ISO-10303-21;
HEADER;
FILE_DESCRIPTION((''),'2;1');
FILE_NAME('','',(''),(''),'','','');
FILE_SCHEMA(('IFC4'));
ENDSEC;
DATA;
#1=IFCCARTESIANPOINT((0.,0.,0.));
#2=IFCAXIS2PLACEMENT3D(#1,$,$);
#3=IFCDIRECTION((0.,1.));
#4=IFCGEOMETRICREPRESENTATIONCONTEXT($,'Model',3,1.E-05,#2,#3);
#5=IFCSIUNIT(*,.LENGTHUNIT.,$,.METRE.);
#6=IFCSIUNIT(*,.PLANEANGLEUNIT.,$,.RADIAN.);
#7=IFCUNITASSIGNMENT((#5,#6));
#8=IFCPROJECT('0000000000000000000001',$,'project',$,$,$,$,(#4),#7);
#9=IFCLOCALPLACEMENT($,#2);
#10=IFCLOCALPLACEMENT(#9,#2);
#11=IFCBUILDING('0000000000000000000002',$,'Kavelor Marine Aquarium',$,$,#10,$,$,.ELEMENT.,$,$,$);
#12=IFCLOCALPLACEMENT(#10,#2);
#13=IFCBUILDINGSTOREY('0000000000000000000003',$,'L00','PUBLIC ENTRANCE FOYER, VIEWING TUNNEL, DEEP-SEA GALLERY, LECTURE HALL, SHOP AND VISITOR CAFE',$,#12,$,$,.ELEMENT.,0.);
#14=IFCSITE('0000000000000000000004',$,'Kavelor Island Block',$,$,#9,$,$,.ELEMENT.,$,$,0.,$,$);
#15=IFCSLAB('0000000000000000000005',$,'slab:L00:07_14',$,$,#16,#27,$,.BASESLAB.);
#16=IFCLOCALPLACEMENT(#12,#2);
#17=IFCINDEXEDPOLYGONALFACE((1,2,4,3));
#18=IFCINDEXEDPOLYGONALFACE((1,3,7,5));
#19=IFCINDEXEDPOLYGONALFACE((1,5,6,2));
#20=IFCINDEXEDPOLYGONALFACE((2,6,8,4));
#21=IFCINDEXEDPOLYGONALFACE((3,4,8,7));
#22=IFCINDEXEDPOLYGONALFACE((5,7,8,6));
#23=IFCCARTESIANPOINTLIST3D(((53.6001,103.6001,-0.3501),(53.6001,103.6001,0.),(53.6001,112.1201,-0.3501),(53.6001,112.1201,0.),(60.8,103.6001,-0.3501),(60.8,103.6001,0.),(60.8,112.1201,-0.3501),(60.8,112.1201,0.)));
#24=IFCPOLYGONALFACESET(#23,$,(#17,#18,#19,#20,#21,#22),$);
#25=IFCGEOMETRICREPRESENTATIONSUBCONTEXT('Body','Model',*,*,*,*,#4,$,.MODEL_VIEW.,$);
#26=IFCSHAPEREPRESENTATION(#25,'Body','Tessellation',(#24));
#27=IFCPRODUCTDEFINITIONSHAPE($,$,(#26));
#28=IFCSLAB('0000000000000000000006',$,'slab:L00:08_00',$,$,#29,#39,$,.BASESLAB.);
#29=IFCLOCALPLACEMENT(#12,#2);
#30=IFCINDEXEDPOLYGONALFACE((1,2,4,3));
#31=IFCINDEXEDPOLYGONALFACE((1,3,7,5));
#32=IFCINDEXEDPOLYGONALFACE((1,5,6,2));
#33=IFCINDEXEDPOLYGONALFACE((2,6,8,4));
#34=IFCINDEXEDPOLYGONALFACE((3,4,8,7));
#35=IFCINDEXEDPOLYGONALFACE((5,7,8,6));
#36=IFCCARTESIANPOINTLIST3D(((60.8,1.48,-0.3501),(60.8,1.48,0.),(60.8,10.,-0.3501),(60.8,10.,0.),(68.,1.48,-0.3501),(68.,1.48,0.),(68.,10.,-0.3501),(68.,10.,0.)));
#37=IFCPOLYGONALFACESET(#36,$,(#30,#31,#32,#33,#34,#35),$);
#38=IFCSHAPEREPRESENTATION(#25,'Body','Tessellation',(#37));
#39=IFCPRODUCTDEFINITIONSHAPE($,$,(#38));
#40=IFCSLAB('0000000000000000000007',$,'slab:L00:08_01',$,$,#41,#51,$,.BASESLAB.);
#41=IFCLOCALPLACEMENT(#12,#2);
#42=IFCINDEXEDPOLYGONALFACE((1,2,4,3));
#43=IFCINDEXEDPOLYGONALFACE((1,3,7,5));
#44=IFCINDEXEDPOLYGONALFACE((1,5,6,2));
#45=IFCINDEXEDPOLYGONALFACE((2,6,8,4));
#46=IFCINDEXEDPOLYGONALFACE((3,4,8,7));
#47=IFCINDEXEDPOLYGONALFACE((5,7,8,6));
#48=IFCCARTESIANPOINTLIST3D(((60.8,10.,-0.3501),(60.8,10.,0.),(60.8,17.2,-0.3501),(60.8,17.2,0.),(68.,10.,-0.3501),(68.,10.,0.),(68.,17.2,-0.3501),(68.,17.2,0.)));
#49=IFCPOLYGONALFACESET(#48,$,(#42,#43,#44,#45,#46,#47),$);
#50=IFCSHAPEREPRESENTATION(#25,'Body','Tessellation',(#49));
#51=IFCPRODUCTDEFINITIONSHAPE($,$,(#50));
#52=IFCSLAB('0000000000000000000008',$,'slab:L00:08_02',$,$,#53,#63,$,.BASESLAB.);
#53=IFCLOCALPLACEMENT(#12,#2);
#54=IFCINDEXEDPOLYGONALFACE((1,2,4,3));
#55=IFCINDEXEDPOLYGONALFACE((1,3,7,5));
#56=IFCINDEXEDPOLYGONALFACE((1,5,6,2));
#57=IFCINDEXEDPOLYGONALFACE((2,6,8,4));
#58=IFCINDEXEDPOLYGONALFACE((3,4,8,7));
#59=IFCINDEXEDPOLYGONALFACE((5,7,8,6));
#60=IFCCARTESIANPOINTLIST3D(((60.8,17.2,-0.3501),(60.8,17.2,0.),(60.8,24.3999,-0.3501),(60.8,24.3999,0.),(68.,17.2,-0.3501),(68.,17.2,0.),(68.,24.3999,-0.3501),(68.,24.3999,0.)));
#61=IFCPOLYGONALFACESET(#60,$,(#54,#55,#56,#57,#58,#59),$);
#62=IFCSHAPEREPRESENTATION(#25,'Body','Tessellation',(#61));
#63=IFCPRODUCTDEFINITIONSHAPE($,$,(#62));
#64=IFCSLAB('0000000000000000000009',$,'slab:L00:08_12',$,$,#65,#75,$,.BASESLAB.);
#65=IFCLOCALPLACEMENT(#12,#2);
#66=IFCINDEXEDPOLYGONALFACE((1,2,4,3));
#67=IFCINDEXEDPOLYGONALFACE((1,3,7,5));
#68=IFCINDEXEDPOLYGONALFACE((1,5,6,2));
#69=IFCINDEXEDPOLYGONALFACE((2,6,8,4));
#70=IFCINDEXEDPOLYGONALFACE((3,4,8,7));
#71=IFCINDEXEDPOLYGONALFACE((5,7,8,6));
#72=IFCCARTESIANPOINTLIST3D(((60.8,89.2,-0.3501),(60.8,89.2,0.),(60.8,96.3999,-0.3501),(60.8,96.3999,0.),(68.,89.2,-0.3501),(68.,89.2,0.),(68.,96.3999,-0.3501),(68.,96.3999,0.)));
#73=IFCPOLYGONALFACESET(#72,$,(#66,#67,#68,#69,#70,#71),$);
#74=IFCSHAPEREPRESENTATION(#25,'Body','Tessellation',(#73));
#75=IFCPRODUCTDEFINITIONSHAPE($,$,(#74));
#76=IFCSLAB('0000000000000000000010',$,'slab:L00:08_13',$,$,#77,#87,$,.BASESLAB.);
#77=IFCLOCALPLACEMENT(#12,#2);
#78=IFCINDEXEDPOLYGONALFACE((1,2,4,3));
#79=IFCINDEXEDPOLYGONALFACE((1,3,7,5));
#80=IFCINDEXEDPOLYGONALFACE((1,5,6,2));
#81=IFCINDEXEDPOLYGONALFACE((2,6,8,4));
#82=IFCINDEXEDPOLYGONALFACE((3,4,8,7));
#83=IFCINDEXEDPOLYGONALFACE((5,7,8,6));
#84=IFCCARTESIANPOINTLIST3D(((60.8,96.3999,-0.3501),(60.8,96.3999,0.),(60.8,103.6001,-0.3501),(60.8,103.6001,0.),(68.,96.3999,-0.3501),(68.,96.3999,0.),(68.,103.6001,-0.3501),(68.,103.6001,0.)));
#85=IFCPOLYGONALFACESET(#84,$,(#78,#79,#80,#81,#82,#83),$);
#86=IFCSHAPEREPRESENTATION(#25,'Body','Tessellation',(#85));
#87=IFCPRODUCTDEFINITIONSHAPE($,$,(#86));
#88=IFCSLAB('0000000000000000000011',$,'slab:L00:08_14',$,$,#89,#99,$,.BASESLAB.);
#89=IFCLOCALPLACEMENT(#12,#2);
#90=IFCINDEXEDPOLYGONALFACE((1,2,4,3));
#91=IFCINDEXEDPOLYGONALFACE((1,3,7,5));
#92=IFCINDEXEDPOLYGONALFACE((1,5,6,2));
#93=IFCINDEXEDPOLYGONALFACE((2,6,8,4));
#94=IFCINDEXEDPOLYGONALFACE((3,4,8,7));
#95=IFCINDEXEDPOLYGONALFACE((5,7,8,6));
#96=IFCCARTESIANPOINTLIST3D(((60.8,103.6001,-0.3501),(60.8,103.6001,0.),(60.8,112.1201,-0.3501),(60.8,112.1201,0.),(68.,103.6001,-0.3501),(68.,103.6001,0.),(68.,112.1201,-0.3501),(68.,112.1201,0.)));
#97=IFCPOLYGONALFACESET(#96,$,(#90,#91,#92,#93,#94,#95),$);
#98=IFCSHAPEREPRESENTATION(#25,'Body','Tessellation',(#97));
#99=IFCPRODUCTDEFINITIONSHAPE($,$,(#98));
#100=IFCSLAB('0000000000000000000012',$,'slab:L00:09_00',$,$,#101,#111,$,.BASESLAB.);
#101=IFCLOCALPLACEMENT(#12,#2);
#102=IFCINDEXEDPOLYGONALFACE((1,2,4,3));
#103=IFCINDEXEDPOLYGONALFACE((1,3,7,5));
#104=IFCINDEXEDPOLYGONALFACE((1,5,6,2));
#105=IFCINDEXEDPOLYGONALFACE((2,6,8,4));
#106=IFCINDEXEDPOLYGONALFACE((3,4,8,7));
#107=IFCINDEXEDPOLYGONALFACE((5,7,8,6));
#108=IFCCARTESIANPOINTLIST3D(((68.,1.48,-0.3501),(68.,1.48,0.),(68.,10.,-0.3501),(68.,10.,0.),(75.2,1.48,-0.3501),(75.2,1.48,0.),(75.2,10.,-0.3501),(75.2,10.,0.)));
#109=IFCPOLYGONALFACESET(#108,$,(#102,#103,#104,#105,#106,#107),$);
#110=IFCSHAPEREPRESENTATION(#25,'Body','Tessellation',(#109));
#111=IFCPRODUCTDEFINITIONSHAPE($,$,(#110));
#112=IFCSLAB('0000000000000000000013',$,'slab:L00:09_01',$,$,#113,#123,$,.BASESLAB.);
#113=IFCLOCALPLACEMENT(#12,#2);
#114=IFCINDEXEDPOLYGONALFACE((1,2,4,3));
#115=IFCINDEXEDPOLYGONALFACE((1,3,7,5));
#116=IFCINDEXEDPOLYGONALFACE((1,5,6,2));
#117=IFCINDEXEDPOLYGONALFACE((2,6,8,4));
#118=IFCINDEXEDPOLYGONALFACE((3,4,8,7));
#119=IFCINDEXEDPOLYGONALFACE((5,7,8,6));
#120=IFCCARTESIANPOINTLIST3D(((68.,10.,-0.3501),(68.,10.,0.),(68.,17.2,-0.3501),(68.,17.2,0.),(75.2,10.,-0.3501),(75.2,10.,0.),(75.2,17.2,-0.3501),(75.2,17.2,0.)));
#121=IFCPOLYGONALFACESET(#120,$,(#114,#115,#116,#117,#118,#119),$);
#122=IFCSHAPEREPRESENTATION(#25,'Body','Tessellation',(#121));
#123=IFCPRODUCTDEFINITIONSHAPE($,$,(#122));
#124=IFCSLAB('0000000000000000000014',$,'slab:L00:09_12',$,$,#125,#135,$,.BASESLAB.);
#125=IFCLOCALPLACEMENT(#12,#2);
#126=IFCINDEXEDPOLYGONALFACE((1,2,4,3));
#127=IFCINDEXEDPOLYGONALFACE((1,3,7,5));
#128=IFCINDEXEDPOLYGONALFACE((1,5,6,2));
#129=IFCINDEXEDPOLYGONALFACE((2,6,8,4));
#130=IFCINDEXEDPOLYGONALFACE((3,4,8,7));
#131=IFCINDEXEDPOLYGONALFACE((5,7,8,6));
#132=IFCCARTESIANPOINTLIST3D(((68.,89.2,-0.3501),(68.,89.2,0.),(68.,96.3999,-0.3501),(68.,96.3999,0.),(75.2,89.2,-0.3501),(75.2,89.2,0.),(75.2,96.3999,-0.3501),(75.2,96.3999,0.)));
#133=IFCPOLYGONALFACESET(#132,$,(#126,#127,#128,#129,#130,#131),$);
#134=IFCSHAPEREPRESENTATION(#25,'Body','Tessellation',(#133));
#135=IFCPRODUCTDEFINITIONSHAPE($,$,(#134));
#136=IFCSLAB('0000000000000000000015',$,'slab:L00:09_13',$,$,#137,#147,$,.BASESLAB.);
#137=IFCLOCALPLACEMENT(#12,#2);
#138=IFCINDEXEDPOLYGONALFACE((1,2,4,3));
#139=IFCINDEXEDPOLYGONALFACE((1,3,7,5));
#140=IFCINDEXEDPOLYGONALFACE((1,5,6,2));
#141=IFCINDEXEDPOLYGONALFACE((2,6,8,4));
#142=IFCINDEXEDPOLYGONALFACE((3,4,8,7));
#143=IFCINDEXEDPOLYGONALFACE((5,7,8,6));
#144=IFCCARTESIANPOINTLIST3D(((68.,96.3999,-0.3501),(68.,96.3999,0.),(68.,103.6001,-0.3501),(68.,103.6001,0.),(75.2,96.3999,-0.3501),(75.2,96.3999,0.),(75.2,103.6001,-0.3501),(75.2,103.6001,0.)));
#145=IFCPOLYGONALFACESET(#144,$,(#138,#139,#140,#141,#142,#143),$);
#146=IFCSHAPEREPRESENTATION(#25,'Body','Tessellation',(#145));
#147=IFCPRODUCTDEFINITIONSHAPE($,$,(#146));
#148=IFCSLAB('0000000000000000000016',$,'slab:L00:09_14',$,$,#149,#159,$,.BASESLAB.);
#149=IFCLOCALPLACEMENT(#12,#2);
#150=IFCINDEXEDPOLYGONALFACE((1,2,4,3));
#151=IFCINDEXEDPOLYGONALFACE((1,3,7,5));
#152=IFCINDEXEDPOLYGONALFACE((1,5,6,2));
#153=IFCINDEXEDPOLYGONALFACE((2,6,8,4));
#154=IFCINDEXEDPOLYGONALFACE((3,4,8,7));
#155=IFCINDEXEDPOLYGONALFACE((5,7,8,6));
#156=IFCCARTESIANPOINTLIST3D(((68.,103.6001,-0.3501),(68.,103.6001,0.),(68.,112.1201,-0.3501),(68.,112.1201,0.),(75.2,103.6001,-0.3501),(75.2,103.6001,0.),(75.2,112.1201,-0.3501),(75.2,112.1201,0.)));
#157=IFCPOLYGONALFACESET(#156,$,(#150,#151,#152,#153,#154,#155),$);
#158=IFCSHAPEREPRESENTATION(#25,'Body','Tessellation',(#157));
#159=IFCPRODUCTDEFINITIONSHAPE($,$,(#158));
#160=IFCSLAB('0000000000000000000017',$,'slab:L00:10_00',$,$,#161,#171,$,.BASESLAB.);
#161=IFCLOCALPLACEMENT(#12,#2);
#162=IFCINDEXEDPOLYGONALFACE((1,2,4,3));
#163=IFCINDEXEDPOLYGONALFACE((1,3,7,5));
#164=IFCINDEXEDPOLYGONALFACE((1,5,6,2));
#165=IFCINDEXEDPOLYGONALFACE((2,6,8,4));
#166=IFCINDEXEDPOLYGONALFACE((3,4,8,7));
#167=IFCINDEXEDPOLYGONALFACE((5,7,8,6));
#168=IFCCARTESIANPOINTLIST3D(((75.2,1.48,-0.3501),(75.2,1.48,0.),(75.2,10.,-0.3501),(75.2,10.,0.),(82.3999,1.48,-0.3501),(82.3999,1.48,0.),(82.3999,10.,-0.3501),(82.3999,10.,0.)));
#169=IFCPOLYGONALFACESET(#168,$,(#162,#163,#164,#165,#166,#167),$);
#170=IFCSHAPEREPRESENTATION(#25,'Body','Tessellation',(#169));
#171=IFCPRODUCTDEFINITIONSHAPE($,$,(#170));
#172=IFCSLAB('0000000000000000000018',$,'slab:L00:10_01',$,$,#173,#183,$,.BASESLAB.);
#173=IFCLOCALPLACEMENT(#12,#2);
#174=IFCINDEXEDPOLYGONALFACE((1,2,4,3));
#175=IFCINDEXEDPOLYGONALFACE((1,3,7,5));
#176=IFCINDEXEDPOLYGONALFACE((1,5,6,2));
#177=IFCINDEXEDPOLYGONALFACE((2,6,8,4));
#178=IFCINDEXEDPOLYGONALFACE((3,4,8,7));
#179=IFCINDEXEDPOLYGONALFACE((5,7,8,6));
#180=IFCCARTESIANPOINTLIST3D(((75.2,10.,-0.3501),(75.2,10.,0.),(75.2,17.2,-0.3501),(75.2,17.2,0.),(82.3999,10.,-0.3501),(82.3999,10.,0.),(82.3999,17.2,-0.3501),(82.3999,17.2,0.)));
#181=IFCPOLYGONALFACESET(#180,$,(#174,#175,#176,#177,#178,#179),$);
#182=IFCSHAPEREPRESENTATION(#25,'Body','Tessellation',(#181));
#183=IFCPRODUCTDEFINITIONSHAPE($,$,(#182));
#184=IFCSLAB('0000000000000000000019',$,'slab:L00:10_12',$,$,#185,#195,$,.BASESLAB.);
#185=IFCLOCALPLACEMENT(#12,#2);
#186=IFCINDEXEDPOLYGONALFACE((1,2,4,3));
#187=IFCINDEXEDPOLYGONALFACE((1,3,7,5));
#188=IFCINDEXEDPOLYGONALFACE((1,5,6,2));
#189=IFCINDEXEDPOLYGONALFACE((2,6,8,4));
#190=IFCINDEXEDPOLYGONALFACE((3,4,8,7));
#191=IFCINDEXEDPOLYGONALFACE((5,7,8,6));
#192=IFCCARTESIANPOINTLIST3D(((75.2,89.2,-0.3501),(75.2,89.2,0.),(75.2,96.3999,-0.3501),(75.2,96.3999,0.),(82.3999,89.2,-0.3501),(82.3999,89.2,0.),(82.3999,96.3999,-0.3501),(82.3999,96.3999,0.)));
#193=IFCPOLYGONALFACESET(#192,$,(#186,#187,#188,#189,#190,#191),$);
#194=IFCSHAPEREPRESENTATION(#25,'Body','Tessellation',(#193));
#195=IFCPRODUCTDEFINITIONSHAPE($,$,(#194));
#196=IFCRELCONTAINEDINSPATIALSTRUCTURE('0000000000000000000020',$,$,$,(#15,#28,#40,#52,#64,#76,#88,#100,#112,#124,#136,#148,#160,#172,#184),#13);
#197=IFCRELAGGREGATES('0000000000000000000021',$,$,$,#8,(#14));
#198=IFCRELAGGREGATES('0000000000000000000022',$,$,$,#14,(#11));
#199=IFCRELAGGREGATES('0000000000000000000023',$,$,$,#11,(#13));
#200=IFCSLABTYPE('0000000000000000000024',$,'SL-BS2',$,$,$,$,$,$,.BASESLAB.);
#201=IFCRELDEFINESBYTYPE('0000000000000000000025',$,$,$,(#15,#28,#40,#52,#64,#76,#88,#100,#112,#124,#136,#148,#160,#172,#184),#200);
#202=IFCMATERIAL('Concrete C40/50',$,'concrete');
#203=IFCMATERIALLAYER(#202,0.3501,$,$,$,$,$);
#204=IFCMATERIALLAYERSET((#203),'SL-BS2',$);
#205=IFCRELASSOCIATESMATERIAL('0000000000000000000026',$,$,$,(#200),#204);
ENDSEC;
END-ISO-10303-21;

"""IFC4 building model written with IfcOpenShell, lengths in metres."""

from ifc_helpers import new_model, si_unit, direction, frame, origin, place, context, subcontext, project, spatial, polyline, outline, extrude, material, layer, layer_set, type_object, element, save


model = new_model("IFC4")

# Units and contexts
model_context = context("Model", 3, precision=1e-05, world=origin(), true_north=direction((0.0, 1.0)))
body_context = subcontext(model_context, "Body", "Model", "MODEL_VIEW")
ifc_project = project(units=[si_unit("LENGTHUNIT", "METRE"), si_unit("PLANEANGLEUNIT", "RADIAN")], contexts=[model_context])

# Site, building, storey
site_placement = place(None, origin())
site = spatial("IfcSite", under=ifc_project, at=site_placement, Name="Kavelor Island Block", CompositionType="ELEMENT", RefElevation=0.0)
building_placement = place(site_placement, origin())
building = spatial("IfcBuilding", under=site, at=building_placement, Name="Kavelor Marine Aquarium", CompositionType="ELEMENT")
storey_placement = place(building_placement, origin())
storey = spatial("IfcBuildingStorey", under=building, at=storey_placement, Name="L00", Description="PUBLIC ENTRANCE FOYER, VIEWING TUNNEL, DEEP-SEA GALLERY, LECTURE HALL, SHOP AND VISITOR CAFE", CompositionType="ELEMENT", Elevation=0.0)

# Slabs
ifc_material = material(Name="Concrete C40/50", Category="concrete")
ifc_layer = layer(ifc_material, 0.3501)
ifc_layer_set = layer_set([ifc_layer], Name="SL-BS2")
slab_type = type_object("IfcSlabType", Name="SL-BS2", PredefinedType="BASESLAB", material=ifc_layer_set)
slab_1_placement = place(storey_placement, frame((0.0, 0.0, -0.3501)))
element("IfcSlab", 1, at=slab_1_placement, inside=storey, type_object=slab_type, Name="slab:L00:07_14", PredefinedType="BASESLAB", context=body_context, shape_type="SweptSolid", body=[
    extrude(outline(polyline([(53.6001, 103.6001), (60.8, 103.6001), (60.8, 112.1201), (53.6001, 112.1201), (53.6001, 103.6001)])), origin(), (0.0, 0.0, 1.0), 0.3501),
])
slab_2_placement = place(storey_placement, frame((0.0, 0.0, -0.3501)))
element("IfcSlab", 2, at=slab_2_placement, inside=storey, type_object=slab_type, Name="slab:L00:08_00", PredefinedType="BASESLAB", context=body_context, shape_type="SweptSolid", body=[
    extrude(outline(polyline([(60.8, 1.48), (68.0, 1.48), (68.0, 10.0), (60.8, 10.0), (60.8, 1.48)])), origin(), (0.0, 0.0, 1.0), 0.3501),
])
slab_3_placement = place(storey_placement, frame((0.0, 0.0, -0.3501)))
element("IfcSlab", 3, at=slab_3_placement, inside=storey, type_object=slab_type, Name="slab:L00:08_01", PredefinedType="BASESLAB", context=body_context, shape_type="SweptSolid", body=[
    extrude(outline(polyline([(60.8, 10.0), (68.0, 10.0), (68.0, 17.2), (60.8, 17.2), (60.8, 10.0)])), origin(), (0.0, 0.0, 1.0), 0.3501),
])
slab_4_placement = place(storey_placement, frame((0.0, 0.0, -0.3501)))
element("IfcSlab", 4, at=slab_4_placement, inside=storey, type_object=slab_type, Name="slab:L00:08_02", PredefinedType="BASESLAB", context=body_context, shape_type="SweptSolid", body=[
    extrude(outline(polyline([(60.8, 17.2), (68.0, 17.2), (68.0, 24.3999), (60.8, 24.3999), (60.8, 17.2)])), origin(), (0.0, 0.0, 1.0), 0.3501),
])
slab_5_placement = place(storey_placement, frame((0.0, 0.0, -0.3501)))
element("IfcSlab", 5, at=slab_5_placement, inside=storey, type_object=slab_type, Name="slab:L00:08_12", PredefinedType="BASESLAB", context=body_context, shape_type="SweptSolid", body=[
    extrude(outline(polyline([(60.8, 89.2), (68.0, 89.2), (68.0, 96.3999), (60.8, 96.3999), (60.8, 89.2)])), origin(), (0.0, 0.0, 1.0), 0.3501),
])
slab_6_placement = place(storey_placement, frame((0.0, 0.0, -0.3501)))
element("IfcSlab", 6, at=slab_6_placement, inside=storey, type_object=slab_type, Name="slab:L00:08_13", PredefinedType="BASESLAB", context=body_context, shape_type="SweptSolid", body=[
    extrude(outline(polyline([(60.8, 96.3999), (68.0, 96.3999), (68.0, 103.6001), (60.8, 103.6001), (60.8, 96.3999)])), origin(), (0.0, 0.0, 1.0), 0.3501),
])
slab_7_placement = place(storey_placement, frame((0.0, 0.0, -0.3501)))
element("IfcSlab", 7, at=slab_7_placement, inside=storey, type_object=slab_type, Name="slab:L00:08_14", PredefinedType="BASESLAB", context=body_context, shape_type="SweptSolid", body=[
    extrude(outline(polyline([(60.8, 103.6001), (68.0, 103.6001), (68.0, 112.1201), (60.8, 112.1201), (60.8, 103.6001)])), origin(), (0.0, 0.0, 1.0), 0.3501),
])
slab_8_placement = place(storey_placement, frame((0.0, 0.0, -0.3501)))
element("IfcSlab", 8, at=slab_8_placement, inside=storey, type_object=slab_type, Name="slab:L00:09_00", PredefinedType="BASESLAB", context=body_context, shape_type="SweptSolid", body=[
    extrude(outline(polyline([(68.0, 1.48), (75.2, 1.48), (75.2, 10.0), (68.0, 10.0), (68.0, 1.48)])), origin(), (0.0, 0.0, 1.0), 0.3501),
])
slab_9_placement = place(storey_placement, frame((0.0, 0.0, -0.3501)))
element("IfcSlab", 9, at=slab_9_placement, inside=storey, type_object=slab_type, Name="slab:L00:09_01", PredefinedType="BASESLAB", context=body_context, shape_type="SweptSolid", body=[
    extrude(outline(polyline([(68.0, 10.0), (75.2, 10.0), (75.2, 17.2), (68.0, 17.2), (68.0, 10.0)])), origin(), (0.0, 0.0, 1.0), 0.3501),
])
slab_10_placement = place(storey_placement, frame((0.0, 0.0, -0.3501)))
element("IfcSlab", 10, at=slab_10_placement, inside=storey, type_object=slab_type, Name="slab:L00:09_12", PredefinedType="BASESLAB", context=body_context, shape_type="SweptSolid", body=[
    extrude(outline(polyline([(68.0, 89.2), (75.2, 89.2), (75.2, 96.3999), (68.0, 96.3999), (68.0, 89.2)])), origin(), (0.0, 0.0, 1.0), 0.3501),
])
slab_11_placement = place(storey_placement, frame((0.0, 0.0, -0.3501)))
element("IfcSlab", 11, at=slab_11_placement, inside=storey, type_object=slab_type, Name="slab:L00:09_13", PredefinedType="BASESLAB", context=body_context, shape_type="SweptSolid", body=[
    extrude(outline(polyline([(68.0, 96.3999), (75.2, 96.3999), (75.2, 103.6001), (68.0, 103.6001), (68.0, 96.3999)])), origin(), (0.0, 0.0, 1.0), 0.3501),
])
slab_12_placement = place(storey_placement, frame((0.0, 0.0, -0.3501)))
element("IfcSlab", 12, at=slab_12_placement, inside=storey, type_object=slab_type, Name="slab:L00:09_14", PredefinedType="BASESLAB", context=body_context, shape_type="SweptSolid", body=[
    extrude(outline(polyline([(68.0, 103.6001), (75.2, 103.6001), (75.2, 112.1201), (68.0, 112.1201), (68.0, 103.6001)])), origin(), (0.0, 0.0, 1.0), 0.3501),
])
slab_13_placement = place(storey_placement, frame((0.0, 0.0, -0.3501)))
element("IfcSlab", 13, at=slab_13_placement, inside=storey, type_object=slab_type, Name="slab:L00:10_00", PredefinedType="BASESLAB", context=body_context, shape_type="SweptSolid", body=[
    extrude(outline(polyline([(75.2, 1.48), (82.3999, 1.48), (82.3999, 10.0), (75.2, 10.0), (75.2, 1.48)])), origin(), (0.0, 0.0, 1.0), 0.3501),
])
slab_14_placement = place(storey_placement, frame((0.0, 0.0, -0.3501)))
element("IfcSlab", 14, at=slab_14_placement, inside=storey, type_object=slab_type, Name="slab:L00:10_01", PredefinedType="BASESLAB", context=body_context, shape_type="SweptSolid", body=[
    extrude(outline(polyline([(75.2, 10.0), (82.3999, 10.0), (82.3999, 17.2), (75.2, 17.2), (75.2, 10.0)])), origin(), (0.0, 0.0, 1.0), 0.3501),
])
slab_15_placement = place(storey_placement, frame((0.0, 0.0, -0.3501)))
element("IfcSlab", 15, at=slab_15_placement, inside=storey, type_object=slab_type, Name="slab:L00:10_12", PredefinedType="BASESLAB", context=body_context, shape_type="SweptSolid", body=[
    extrude(outline(polyline([(75.2, 89.2), (82.3999, 89.2), (82.3999, 96.3999), (75.2, 96.3999), (75.2, 89.2)])), origin(), (0.0, 0.0, 1.0), 0.3501),
])

save(model, "model.ifc")
